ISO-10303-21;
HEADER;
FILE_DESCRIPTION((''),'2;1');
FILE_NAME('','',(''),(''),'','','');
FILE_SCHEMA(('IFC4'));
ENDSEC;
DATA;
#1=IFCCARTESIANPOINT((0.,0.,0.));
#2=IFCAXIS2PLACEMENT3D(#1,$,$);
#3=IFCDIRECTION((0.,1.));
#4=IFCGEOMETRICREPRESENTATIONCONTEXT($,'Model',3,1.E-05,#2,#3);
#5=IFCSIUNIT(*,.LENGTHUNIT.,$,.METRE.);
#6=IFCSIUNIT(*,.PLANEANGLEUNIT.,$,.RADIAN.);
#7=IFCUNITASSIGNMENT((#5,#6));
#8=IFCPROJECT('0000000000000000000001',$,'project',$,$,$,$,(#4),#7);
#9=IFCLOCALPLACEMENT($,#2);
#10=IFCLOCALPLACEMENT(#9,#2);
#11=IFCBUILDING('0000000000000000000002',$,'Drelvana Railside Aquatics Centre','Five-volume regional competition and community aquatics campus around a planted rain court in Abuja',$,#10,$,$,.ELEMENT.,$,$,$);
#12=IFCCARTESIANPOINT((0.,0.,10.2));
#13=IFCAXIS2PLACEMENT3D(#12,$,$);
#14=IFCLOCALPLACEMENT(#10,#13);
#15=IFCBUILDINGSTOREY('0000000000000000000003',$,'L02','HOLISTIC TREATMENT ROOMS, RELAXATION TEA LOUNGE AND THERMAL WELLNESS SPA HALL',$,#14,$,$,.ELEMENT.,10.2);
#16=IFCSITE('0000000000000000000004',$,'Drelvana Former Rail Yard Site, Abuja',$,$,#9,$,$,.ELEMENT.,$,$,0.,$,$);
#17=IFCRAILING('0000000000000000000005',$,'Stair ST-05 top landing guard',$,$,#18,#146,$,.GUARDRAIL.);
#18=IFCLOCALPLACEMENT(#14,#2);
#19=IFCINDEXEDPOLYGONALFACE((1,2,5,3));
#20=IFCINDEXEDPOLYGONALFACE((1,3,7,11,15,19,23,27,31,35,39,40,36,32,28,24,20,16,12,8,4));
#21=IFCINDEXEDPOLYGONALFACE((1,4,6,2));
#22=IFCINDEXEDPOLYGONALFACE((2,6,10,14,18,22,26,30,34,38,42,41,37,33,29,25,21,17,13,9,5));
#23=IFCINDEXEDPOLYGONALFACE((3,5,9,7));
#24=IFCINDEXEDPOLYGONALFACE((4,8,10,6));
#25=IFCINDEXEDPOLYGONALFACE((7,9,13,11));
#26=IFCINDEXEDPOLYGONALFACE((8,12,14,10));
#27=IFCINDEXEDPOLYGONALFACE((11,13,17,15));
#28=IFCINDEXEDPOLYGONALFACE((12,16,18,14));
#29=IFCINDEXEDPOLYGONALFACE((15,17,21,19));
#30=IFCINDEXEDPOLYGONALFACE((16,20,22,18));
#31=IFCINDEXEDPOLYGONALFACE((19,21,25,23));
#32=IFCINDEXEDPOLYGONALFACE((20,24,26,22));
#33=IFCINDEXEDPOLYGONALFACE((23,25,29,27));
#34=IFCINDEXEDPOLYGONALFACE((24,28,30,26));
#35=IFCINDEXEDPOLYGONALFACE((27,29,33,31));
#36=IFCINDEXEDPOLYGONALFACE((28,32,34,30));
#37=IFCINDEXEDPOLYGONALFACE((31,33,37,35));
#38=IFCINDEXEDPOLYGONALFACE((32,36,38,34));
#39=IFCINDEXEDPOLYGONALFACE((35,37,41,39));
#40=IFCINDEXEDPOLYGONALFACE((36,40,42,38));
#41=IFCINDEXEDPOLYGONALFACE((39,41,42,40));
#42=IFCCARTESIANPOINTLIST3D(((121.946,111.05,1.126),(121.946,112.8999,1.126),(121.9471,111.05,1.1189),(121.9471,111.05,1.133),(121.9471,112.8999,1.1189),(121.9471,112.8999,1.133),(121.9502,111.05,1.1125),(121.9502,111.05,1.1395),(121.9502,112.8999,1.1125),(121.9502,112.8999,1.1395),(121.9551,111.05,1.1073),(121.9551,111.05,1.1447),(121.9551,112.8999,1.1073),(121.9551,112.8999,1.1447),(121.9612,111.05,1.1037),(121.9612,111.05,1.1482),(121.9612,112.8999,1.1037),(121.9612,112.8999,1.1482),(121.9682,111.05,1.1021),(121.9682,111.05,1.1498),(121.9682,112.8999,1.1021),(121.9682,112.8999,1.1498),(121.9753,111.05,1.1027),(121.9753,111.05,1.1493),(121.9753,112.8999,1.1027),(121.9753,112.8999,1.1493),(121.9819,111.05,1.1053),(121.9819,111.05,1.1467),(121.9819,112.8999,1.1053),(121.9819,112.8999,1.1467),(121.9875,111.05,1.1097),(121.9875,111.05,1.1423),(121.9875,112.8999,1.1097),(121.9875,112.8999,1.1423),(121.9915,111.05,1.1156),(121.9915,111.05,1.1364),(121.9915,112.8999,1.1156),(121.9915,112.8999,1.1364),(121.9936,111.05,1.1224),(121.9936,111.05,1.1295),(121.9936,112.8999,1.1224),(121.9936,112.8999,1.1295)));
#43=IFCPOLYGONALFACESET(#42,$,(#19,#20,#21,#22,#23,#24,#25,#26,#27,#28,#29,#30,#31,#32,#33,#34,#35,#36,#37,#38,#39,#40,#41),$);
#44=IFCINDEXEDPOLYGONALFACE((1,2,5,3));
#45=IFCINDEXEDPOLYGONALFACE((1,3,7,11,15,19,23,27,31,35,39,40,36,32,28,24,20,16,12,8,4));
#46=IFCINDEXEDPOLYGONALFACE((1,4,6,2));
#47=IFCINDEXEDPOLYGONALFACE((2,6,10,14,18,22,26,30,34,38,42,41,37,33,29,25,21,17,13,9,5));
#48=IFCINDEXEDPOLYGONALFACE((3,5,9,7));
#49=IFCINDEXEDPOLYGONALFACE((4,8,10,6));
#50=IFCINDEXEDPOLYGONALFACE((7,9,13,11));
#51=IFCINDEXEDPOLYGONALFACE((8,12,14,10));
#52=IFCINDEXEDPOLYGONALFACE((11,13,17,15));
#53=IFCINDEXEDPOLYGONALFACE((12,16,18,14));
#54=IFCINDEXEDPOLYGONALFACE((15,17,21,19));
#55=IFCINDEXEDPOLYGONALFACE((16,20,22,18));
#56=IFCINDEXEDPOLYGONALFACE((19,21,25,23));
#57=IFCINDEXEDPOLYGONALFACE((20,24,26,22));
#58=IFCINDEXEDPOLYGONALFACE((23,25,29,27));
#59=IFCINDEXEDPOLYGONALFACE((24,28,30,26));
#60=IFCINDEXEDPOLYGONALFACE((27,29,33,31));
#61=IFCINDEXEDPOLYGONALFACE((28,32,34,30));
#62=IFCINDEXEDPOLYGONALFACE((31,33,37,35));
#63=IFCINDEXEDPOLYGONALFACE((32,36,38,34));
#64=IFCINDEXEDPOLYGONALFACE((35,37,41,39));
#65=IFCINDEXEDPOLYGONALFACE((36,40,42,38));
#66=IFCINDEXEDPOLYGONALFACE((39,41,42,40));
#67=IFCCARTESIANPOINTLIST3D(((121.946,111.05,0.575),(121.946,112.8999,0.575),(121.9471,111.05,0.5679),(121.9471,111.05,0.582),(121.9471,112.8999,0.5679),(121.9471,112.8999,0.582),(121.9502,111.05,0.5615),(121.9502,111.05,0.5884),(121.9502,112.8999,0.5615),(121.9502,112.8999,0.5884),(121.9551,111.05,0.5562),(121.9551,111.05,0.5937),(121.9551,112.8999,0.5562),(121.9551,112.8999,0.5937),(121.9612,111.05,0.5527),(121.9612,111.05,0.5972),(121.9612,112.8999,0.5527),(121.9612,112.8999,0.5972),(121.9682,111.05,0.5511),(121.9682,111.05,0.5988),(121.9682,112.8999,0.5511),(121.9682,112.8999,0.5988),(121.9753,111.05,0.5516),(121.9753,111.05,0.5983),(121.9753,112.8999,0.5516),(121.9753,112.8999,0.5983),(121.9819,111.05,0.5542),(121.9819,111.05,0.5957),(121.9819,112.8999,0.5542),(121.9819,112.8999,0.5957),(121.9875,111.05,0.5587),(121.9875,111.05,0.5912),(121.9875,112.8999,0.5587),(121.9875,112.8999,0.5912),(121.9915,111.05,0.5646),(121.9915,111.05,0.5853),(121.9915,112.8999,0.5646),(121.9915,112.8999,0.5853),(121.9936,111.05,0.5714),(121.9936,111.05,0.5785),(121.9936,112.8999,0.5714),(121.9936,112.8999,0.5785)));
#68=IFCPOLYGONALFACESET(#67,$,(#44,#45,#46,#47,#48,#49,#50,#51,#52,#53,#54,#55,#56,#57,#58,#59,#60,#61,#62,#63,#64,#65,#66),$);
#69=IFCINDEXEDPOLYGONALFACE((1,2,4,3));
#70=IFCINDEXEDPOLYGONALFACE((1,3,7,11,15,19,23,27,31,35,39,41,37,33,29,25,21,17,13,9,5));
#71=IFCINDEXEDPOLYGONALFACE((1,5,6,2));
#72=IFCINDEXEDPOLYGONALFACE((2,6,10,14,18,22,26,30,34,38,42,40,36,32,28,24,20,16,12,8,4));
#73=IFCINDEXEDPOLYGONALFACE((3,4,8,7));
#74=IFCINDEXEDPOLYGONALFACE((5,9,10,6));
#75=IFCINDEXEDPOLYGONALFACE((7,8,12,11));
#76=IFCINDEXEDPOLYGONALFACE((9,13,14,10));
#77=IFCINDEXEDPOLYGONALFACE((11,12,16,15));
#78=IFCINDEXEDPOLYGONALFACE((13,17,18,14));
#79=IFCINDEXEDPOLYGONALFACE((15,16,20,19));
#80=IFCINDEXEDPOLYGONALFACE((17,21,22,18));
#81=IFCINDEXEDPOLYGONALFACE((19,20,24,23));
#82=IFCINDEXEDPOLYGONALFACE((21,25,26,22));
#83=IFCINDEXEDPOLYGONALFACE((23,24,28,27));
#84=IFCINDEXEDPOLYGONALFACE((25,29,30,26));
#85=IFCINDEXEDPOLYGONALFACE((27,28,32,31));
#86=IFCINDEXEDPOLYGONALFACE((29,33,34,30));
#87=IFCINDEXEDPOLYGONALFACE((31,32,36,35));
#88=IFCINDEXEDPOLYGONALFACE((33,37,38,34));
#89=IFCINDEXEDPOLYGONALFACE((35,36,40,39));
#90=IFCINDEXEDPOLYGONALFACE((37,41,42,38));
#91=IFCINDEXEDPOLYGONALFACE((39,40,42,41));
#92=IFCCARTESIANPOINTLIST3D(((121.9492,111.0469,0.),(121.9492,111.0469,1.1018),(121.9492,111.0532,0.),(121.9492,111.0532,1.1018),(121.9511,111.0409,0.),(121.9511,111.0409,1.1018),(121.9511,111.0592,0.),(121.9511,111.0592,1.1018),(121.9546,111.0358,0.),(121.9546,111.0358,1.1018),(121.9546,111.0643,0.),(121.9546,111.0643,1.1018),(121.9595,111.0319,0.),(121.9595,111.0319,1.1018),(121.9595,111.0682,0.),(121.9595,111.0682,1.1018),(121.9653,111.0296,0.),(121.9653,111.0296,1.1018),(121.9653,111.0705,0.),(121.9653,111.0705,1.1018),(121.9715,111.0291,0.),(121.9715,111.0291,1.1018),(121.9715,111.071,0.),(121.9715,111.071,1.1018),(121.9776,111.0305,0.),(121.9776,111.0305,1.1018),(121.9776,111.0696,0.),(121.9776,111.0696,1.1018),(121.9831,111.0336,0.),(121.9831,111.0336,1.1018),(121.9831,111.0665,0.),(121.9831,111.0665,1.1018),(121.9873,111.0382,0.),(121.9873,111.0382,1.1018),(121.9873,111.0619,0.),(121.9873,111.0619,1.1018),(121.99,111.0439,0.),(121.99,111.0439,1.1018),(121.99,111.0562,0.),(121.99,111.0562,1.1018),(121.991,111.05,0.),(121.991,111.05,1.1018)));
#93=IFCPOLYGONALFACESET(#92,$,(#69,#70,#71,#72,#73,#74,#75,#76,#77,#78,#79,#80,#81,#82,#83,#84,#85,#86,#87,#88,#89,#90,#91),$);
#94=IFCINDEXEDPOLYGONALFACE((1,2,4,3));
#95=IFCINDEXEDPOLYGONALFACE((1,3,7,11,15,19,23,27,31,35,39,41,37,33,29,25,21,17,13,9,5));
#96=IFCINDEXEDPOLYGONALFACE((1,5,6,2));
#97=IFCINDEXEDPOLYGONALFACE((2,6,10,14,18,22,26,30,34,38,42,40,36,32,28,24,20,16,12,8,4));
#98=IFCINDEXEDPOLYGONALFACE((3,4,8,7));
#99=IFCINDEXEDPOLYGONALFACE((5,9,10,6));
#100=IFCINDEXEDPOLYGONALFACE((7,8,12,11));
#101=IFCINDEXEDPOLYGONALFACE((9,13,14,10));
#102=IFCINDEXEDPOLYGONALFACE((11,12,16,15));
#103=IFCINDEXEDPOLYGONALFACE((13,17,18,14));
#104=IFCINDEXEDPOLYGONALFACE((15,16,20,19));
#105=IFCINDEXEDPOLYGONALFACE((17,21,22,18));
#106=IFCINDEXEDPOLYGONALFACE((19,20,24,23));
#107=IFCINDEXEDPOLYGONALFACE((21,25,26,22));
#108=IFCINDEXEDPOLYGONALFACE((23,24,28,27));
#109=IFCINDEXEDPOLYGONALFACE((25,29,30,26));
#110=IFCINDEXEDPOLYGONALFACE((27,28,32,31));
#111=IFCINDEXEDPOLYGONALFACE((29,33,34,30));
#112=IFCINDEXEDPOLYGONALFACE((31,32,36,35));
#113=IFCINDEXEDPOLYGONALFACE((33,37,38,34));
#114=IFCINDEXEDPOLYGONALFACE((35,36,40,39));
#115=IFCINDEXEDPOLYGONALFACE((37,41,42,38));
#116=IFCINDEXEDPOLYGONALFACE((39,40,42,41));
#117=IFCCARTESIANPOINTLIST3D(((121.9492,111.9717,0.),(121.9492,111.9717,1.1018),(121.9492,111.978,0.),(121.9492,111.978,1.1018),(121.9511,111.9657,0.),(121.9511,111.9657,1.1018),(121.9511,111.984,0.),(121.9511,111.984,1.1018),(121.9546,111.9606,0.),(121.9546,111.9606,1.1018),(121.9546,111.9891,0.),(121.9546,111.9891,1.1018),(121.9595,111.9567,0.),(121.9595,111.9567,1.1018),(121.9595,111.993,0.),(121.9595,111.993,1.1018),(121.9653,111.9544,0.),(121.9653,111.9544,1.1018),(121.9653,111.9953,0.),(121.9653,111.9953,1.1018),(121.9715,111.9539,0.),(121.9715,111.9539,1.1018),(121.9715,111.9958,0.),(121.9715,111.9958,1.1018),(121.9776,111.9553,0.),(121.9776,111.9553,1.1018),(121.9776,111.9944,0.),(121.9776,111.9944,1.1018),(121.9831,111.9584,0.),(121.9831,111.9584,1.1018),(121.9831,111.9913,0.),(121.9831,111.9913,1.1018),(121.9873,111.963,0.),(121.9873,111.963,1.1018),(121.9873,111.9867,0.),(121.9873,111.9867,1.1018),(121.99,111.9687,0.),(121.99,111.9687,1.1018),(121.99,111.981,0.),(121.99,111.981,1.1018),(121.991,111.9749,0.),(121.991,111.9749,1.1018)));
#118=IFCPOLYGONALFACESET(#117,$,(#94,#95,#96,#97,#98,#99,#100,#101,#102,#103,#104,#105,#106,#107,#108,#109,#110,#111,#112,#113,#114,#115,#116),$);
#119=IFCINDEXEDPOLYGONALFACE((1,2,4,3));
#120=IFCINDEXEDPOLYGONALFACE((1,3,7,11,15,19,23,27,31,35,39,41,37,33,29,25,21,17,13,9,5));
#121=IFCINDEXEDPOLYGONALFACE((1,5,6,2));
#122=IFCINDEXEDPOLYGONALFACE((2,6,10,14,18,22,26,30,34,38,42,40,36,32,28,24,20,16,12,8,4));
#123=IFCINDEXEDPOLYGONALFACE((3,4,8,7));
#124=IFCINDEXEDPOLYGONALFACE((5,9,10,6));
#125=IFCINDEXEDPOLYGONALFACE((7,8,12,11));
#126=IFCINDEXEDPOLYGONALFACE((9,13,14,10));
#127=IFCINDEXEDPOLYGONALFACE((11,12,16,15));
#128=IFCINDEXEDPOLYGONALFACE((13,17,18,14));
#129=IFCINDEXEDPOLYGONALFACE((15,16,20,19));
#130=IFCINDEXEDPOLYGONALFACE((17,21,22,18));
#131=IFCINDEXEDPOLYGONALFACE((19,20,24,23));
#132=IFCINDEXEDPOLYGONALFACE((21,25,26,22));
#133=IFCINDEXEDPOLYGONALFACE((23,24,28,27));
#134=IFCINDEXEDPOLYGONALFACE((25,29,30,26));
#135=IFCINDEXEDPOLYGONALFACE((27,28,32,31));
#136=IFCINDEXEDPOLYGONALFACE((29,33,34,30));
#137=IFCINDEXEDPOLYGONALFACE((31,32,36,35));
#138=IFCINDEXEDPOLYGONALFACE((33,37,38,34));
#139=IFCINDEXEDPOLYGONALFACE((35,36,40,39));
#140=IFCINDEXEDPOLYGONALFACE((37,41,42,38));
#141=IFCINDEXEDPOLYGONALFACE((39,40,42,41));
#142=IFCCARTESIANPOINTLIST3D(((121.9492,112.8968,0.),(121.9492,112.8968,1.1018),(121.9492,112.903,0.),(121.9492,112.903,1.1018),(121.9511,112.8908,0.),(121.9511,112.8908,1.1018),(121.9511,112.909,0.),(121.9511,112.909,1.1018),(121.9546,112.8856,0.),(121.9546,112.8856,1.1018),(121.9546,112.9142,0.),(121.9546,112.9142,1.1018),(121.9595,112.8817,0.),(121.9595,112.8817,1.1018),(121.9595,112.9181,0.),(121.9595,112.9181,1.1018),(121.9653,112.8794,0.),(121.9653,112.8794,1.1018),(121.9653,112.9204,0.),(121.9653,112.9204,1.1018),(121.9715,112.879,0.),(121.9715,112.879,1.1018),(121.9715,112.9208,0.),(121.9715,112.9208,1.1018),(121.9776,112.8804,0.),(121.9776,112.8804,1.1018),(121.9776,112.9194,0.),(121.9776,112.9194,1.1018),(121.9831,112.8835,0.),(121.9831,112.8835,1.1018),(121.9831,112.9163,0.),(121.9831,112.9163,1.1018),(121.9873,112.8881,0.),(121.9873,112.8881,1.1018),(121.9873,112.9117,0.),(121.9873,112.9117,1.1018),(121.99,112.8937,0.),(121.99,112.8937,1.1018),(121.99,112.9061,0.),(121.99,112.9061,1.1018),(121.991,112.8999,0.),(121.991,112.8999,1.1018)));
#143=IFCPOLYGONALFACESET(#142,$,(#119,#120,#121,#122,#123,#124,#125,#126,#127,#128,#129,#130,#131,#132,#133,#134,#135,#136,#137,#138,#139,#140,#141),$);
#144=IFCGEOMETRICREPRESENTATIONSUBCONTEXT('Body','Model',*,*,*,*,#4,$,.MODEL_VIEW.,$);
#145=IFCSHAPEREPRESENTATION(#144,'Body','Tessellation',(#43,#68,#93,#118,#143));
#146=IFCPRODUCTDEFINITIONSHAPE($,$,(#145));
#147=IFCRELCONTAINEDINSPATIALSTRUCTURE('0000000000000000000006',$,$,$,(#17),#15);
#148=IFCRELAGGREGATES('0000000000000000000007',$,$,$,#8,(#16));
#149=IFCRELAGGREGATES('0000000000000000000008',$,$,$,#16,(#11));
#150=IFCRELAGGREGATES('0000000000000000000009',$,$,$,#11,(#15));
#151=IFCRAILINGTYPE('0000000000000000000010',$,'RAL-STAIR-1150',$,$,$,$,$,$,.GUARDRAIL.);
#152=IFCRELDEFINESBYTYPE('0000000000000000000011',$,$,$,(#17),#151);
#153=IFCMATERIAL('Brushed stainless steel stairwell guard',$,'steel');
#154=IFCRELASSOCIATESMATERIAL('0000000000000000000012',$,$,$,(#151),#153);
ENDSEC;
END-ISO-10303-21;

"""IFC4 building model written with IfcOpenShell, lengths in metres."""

from ifc_helpers import new_model, si_unit, direction, frame, origin, origin_2d, place, context, subcontext, project, spatial, circle, extrude, material, type_object, element, save


model = new_model("IFC4")

# Units and contexts
model_context = context("Model", 3, precision=1e-05, world=origin(), true_north=direction((0.0, 1.0)))
body_context = subcontext(model_context, "Body", "Model", "MODEL_VIEW")
ifc_project = project(units=[si_unit("LENGTHUNIT", "METRE"), si_unit("PLANEANGLEUNIT", "RADIAN")], contexts=[model_context])

# Site, building, storey
site_placement = place(None, origin())
site = spatial("IfcSite", under=ifc_project, at=site_placement, Name="Drelvana Former Rail Yard Site, Abuja", CompositionType="ELEMENT", RefElevation=0.0)
building_placement = place(site_placement, origin())
building = spatial("IfcBuilding", under=site, at=building_placement, Name="Drelvana Railside Aquatics Centre", Description="Five-volume regional competition and community aquatics campus around a planted rain court in Abuja", CompositionType="ELEMENT")
storey_placement = place(building_placement, frame((0.0, 0.0, 10.2)))
storey = spatial("IfcBuildingStorey", under=building, at=storey_placement, Name="L02", Description="HOLISTIC TREATMENT ROOMS, RELAXATION TEA LOUNGE AND THERMAL WELLNESS SPA HALL", CompositionType="ELEMENT", Elevation=10.2)

# Railing
ifc_material_1 = material(Name="Brushed stainless steel stairwell guard", Category="steel")
railing_type = type_object("IfcRailingType", Name="RAL-STAIR-1150", PredefinedType="GUARDRAIL", material=ifc_material_1)
railing_placement = place(storey_placement, frame((121.97, 111.05, 0.0)))
element("IfcRailing", 1, at=railing_placement, inside=storey, type_object=railing_type, Name="Stair ST-05 top landing guard", PredefinedType="GUARDRAIL", context=body_context, shape_type="SweptSolid", body=[
    extrude(circle(Radius=0.0239, at=origin_2d()), frame((0.0, 0.0, 1.126), z_axis=(0.0, 1.0, 0.0), x_axis=(-1.0, 0.0, 0.0)), (0.0, 0.0, 1.0), 1.8499),
    extrude(circle(Radius=0.0239, at=origin_2d()), frame((0.0, 0.0, 0.575), z_axis=(0.0, 1.0, 0.0), x_axis=(-1.0, 0.0, 0.0)), (0.0, 0.0, 1.0), 1.8499),
    extrude(circle(Radius=0.021, at=origin_2d()), origin(), (0.0, 0.0, 1.0), 1.1018),
    extrude(circle(Radius=0.021, at=origin_2d()), frame((0.0, 0.9248, 0.0)), (0.0, 0.0, 1.0), 1.1018),
    extrude(circle(Radius=0.021, at=origin_2d()), frame((0.0, 1.8499, 0.0)), (0.0, 0.0, 1.0), 1.1018),
])

save(model, "model.ifc")
